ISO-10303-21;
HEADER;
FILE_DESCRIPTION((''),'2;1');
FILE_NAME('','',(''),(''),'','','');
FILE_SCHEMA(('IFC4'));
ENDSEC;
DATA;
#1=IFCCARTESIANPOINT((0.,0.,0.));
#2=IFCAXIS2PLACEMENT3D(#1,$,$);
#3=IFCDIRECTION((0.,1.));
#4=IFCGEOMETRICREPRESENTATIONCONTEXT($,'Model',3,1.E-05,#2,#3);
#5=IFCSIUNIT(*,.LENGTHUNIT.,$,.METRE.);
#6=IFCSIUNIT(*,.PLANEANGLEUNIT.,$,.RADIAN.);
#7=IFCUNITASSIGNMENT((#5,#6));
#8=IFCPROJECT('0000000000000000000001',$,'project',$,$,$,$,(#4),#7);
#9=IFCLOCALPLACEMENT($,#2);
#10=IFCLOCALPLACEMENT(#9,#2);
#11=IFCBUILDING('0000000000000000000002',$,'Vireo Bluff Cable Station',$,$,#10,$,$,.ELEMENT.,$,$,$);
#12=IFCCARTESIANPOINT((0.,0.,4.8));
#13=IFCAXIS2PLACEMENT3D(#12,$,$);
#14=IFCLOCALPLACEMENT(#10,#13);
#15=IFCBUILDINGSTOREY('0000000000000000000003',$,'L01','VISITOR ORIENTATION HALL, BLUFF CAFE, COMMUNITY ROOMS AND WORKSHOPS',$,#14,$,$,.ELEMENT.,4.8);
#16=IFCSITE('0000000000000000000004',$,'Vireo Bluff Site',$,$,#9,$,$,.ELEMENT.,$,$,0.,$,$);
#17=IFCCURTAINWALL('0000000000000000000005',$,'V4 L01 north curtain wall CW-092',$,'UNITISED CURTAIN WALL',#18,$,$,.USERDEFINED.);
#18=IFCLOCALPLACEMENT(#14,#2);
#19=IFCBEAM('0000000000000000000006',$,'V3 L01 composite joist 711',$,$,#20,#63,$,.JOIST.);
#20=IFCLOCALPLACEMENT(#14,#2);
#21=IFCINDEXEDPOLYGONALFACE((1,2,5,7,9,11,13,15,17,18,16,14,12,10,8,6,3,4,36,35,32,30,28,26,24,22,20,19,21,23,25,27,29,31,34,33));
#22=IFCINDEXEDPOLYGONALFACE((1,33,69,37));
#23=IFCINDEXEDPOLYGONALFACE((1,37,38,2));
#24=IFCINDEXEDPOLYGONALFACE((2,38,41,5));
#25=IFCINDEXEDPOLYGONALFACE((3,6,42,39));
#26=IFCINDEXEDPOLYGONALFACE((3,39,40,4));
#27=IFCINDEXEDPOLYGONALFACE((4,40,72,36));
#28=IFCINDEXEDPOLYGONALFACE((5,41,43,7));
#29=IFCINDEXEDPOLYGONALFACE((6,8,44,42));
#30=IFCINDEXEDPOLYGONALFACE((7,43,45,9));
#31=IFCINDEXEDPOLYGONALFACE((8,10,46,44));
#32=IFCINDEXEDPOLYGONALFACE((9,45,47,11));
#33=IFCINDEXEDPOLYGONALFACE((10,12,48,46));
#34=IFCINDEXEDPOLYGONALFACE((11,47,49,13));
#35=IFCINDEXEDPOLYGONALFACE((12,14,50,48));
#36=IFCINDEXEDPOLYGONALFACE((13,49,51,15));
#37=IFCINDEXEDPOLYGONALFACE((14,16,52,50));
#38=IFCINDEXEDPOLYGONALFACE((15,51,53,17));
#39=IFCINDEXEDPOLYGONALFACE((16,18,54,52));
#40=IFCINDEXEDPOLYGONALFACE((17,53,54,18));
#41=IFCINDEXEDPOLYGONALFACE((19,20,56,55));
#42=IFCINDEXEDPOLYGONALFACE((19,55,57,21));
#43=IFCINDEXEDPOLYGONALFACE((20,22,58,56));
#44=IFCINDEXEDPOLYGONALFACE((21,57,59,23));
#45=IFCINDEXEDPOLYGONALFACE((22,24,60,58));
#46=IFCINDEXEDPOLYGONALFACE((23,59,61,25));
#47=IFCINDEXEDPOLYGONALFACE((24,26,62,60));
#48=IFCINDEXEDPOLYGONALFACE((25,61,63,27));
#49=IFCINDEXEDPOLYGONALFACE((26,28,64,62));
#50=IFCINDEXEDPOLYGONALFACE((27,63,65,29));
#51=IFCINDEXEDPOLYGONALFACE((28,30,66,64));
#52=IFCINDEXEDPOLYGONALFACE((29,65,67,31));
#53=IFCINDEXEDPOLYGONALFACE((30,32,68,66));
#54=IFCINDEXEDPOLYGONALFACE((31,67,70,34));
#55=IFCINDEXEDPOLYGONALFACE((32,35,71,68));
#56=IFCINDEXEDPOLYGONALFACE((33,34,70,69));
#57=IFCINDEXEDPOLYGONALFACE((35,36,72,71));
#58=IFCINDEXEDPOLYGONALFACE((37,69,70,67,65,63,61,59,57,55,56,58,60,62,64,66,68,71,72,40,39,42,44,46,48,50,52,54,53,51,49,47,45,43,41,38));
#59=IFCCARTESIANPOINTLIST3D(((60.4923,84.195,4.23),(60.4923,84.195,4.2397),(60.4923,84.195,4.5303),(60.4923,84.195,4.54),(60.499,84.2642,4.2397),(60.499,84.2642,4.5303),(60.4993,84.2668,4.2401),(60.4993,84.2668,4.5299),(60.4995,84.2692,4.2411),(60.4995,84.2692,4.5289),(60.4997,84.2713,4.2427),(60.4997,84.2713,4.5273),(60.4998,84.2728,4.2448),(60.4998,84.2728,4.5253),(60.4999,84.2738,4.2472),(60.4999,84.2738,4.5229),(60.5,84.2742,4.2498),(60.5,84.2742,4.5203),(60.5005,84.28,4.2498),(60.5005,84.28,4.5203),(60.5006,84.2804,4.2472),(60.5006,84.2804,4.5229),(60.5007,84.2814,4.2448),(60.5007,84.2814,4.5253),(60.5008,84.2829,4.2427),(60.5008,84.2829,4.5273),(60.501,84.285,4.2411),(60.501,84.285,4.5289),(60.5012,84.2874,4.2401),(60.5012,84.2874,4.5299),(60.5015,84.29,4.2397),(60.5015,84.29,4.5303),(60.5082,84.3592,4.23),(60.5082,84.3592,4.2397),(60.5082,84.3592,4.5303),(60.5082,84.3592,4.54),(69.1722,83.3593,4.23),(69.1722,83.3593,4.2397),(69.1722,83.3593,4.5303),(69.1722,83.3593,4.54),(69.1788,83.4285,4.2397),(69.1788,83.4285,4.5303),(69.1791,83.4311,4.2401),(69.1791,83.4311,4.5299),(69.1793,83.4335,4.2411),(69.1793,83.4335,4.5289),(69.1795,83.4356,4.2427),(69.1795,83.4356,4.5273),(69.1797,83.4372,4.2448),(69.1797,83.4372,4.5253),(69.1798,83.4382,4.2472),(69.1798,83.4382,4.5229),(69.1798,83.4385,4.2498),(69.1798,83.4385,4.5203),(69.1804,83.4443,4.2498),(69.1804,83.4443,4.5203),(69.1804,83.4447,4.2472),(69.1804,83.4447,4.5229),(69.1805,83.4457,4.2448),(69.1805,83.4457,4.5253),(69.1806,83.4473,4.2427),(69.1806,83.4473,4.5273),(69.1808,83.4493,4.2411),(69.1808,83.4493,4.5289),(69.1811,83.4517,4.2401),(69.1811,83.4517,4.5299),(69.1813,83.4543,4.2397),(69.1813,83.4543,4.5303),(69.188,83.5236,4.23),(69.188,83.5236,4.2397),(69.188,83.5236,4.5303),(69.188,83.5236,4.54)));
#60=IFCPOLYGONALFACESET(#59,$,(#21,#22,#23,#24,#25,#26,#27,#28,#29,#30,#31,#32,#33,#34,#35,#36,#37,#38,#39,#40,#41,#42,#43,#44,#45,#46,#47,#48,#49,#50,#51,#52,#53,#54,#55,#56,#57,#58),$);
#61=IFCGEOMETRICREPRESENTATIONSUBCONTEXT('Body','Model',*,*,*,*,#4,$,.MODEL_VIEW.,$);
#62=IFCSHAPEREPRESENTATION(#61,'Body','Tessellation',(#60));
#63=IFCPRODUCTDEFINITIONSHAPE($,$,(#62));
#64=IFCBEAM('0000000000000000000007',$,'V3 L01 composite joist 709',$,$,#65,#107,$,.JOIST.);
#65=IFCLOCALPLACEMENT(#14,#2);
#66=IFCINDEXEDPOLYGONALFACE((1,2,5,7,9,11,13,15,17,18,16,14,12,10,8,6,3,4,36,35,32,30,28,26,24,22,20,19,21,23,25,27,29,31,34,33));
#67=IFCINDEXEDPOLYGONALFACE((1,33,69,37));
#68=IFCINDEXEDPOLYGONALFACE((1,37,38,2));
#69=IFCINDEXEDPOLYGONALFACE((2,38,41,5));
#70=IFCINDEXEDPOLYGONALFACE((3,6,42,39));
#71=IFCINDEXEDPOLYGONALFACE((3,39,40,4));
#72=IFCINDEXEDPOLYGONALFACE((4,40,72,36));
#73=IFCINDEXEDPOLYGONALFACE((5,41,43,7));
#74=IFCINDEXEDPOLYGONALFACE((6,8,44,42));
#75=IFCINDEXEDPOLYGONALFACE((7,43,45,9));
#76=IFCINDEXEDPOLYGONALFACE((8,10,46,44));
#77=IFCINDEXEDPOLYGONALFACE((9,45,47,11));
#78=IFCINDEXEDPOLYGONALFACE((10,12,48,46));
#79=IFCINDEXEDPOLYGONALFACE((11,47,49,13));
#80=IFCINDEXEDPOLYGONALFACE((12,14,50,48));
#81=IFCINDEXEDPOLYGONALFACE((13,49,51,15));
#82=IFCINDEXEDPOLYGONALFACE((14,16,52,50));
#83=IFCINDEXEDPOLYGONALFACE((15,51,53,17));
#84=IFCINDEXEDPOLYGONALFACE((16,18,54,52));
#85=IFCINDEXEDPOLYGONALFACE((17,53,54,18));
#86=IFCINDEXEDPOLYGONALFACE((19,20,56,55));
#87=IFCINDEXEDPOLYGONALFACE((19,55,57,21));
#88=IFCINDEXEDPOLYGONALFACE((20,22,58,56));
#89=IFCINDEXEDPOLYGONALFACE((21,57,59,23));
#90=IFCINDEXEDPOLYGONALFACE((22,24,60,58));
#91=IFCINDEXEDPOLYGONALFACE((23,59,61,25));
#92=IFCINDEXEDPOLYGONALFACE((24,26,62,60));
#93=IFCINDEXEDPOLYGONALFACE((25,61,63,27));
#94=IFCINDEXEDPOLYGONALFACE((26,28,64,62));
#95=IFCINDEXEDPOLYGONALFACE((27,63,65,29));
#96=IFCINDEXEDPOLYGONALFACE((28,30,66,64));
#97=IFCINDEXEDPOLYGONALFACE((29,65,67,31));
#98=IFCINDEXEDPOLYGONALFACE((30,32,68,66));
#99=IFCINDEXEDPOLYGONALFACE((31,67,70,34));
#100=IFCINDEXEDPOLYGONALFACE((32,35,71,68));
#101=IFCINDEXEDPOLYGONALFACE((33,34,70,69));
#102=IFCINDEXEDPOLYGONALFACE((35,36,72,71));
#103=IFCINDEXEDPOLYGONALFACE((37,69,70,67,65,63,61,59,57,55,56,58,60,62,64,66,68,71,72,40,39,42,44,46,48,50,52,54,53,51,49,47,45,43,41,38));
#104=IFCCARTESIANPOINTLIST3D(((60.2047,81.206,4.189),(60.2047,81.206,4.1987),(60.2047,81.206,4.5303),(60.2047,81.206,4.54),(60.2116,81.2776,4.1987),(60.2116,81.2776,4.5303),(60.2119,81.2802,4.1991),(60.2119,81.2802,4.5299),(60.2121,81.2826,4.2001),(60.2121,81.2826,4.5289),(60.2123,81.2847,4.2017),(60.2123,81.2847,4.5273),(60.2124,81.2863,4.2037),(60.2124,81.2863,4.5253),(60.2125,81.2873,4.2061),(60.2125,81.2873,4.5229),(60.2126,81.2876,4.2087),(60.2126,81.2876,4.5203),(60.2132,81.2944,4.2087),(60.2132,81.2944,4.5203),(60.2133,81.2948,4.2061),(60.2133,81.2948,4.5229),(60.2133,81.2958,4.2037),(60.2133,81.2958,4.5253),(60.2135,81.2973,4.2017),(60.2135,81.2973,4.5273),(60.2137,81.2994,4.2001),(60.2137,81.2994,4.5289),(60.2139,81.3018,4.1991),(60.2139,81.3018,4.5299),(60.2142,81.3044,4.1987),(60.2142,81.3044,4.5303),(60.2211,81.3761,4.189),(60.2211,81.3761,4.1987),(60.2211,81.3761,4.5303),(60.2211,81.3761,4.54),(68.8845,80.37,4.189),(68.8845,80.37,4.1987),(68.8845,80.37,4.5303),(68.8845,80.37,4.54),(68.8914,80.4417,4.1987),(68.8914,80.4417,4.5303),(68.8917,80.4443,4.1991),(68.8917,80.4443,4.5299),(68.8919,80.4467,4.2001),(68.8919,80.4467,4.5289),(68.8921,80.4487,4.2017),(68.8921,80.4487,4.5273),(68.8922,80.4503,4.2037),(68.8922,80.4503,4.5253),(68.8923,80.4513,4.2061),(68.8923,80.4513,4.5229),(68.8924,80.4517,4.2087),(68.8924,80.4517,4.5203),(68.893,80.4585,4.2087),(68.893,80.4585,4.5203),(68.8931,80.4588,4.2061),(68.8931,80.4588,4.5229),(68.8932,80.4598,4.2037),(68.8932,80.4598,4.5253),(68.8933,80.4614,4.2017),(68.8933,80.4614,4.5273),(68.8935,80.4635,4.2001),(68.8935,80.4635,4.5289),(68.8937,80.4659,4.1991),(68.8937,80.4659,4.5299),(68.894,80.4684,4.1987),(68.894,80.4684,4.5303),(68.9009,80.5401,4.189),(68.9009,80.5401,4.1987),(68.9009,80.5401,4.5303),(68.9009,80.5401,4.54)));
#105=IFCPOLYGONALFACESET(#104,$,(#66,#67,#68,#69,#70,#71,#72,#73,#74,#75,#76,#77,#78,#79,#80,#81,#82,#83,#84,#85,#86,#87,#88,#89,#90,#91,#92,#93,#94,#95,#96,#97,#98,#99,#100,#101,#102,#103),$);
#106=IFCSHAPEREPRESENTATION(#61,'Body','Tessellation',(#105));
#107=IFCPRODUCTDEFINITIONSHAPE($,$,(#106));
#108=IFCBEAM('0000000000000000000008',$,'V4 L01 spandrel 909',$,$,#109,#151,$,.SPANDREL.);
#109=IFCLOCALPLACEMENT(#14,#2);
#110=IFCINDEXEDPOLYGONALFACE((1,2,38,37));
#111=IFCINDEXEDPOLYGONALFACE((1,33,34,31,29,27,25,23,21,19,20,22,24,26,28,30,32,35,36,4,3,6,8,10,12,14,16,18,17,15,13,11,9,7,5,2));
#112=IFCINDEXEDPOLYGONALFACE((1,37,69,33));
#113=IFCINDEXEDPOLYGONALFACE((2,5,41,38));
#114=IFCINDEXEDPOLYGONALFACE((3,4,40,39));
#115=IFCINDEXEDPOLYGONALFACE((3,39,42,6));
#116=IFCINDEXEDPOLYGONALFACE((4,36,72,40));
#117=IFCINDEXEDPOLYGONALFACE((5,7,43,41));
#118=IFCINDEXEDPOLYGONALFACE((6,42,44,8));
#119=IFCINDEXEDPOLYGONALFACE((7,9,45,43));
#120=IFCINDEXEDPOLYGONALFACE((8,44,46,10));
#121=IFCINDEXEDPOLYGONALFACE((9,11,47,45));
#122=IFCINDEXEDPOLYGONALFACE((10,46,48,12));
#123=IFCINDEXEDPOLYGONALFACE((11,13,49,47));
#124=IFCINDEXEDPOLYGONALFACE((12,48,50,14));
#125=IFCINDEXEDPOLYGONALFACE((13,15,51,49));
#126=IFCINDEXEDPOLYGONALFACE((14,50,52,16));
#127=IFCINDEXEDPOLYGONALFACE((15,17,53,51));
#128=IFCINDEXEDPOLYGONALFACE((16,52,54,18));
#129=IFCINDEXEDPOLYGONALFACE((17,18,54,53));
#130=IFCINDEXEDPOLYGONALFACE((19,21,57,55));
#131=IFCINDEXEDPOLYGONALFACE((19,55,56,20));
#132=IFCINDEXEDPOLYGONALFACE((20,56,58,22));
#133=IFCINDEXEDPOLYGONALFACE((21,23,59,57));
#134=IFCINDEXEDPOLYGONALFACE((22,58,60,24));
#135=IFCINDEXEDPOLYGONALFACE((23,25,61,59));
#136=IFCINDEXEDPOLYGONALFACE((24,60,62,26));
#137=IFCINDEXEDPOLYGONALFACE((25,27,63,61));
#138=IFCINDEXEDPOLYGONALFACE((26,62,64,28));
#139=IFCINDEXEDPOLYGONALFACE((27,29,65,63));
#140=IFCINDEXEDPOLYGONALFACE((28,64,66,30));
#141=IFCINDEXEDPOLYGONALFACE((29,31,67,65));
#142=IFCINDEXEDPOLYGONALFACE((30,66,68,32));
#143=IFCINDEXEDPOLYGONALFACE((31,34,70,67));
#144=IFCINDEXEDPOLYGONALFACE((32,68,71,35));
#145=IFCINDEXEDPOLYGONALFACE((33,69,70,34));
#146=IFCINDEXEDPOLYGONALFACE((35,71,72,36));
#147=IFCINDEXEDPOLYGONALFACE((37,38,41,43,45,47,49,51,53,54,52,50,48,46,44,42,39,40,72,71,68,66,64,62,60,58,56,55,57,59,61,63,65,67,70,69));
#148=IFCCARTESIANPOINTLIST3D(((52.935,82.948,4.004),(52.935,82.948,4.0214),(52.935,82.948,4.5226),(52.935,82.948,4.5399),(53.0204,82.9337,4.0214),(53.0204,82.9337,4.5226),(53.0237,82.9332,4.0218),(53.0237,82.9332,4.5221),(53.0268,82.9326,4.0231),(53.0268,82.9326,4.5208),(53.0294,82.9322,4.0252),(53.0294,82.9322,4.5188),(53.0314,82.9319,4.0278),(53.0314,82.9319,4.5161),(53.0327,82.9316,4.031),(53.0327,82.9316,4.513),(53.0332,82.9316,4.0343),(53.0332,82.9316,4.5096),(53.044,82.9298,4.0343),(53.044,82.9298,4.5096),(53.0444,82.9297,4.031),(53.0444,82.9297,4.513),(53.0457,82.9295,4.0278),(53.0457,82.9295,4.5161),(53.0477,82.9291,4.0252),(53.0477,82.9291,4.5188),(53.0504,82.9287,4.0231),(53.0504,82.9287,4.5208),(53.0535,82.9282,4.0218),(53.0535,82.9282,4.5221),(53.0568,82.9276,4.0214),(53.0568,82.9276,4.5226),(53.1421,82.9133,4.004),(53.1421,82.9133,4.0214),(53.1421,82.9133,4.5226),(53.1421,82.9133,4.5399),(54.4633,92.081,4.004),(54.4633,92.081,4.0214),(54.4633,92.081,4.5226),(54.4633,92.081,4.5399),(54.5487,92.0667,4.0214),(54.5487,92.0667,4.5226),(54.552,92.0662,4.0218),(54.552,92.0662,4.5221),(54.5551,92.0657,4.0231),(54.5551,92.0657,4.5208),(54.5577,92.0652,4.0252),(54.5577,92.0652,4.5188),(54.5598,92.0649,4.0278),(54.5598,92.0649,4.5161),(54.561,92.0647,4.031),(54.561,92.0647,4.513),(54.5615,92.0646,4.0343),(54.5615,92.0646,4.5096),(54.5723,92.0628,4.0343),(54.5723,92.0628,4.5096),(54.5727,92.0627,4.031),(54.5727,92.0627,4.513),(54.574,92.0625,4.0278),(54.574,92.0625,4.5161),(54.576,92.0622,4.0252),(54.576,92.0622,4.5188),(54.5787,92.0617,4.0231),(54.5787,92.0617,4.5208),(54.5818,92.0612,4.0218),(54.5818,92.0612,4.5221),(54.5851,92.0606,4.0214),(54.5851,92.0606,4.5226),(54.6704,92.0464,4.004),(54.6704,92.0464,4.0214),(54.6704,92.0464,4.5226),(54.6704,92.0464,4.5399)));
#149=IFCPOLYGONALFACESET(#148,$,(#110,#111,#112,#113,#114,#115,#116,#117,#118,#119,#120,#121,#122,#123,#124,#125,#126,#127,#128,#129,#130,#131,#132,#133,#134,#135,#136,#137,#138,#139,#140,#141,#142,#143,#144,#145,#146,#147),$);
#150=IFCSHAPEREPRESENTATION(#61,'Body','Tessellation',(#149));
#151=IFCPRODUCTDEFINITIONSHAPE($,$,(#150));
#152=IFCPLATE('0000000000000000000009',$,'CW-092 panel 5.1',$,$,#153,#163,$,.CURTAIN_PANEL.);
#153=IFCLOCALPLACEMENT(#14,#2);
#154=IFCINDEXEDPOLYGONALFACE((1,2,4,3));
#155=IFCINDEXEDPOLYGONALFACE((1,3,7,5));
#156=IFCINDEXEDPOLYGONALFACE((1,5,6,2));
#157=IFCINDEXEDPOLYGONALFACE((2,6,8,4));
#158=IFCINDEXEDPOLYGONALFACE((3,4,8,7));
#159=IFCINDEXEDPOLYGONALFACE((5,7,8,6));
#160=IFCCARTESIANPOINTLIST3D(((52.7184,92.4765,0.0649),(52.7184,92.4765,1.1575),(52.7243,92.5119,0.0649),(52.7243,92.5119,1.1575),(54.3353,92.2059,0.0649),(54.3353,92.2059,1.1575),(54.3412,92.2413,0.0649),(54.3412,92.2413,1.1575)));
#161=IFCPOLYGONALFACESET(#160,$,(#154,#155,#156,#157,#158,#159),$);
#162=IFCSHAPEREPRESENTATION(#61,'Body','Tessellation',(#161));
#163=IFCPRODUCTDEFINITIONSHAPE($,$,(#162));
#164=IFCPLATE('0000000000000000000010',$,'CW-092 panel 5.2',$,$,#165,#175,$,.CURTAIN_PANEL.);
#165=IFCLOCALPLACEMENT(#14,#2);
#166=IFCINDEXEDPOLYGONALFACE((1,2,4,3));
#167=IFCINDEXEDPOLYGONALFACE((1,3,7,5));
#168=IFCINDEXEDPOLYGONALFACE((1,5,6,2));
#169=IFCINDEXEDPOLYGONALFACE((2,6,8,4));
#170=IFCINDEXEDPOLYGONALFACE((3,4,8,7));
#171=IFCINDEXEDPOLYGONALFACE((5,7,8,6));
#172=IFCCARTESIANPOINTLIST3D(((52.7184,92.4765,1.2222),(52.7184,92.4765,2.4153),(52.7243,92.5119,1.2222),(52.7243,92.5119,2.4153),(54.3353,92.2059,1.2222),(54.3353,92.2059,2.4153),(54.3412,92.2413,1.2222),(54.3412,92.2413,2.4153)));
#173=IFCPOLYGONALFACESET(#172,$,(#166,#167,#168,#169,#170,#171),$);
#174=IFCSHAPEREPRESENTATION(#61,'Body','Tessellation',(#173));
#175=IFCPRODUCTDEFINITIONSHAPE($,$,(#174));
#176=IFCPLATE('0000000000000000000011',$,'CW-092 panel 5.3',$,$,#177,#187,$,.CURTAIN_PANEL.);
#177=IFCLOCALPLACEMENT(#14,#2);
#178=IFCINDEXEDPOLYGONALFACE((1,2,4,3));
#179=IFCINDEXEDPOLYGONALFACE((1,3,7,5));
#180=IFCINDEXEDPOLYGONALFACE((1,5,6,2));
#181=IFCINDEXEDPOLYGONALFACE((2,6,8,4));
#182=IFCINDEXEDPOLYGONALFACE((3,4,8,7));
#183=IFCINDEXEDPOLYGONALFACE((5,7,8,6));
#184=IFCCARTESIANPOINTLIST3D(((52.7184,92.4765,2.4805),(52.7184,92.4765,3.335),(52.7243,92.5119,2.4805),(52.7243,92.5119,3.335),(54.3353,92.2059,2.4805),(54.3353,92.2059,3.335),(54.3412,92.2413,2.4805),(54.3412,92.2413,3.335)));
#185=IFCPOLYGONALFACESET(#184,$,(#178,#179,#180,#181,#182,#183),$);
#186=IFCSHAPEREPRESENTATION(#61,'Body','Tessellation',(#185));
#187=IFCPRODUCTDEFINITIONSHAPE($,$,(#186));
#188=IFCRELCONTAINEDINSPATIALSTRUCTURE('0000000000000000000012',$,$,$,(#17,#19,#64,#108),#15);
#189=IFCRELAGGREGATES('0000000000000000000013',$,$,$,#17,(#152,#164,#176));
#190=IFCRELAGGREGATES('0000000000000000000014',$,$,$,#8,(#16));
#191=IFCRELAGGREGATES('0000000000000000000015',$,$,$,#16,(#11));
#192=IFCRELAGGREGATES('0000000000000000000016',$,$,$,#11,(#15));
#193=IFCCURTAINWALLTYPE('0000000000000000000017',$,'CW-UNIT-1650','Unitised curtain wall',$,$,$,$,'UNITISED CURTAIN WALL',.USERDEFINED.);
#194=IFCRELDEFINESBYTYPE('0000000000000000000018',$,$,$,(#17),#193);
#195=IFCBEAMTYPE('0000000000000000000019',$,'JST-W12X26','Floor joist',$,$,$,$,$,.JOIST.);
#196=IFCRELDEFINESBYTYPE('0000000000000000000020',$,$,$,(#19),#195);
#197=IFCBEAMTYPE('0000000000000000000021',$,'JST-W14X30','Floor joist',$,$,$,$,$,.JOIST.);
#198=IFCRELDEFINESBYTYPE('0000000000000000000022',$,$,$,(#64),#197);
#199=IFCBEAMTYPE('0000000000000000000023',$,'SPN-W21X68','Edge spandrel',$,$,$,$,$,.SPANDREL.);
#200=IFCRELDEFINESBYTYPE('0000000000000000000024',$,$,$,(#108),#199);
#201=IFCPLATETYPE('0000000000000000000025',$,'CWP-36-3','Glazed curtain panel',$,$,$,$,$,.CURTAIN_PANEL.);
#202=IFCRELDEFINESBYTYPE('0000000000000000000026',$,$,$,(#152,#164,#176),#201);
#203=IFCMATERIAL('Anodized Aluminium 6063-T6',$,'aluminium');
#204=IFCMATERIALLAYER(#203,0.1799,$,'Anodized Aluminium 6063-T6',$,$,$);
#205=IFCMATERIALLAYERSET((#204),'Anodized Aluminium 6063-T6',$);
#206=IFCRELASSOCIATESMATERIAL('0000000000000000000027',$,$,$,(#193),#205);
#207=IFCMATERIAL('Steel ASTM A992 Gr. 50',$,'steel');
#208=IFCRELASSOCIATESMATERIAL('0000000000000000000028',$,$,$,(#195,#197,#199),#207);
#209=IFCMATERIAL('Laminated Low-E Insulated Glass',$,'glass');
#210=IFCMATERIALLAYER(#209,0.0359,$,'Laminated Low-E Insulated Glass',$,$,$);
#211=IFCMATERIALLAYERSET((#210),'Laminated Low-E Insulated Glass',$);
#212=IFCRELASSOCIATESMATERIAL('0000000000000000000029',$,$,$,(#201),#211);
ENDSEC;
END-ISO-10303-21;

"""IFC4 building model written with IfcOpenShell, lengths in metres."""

from ifc_helpers import new_model, si_unit, direction, frame, origin, origin_2d, place, context, subcontext, project, spatial, rectangle, i_section, extrude, material, layer, layer_set, material_profile, profile_set, type_object, element, aggregate, save


model = new_model("IFC4")

# Units and contexts
model_context = context("Model", 3, precision=1e-05, world=origin(), true_north=direction((0.0, 1.0)))
body_context = subcontext(model_context, "Body", "Model", "MODEL_VIEW")
ifc_project = project(units=[si_unit("LENGTHUNIT", "METRE"), si_unit("PLANEANGLEUNIT", "RADIAN")], contexts=[model_context])

# Site, building, storey
site_placement = place(None, origin())
site = spatial("IfcSite", under=ifc_project, at=site_placement, Name="Vireo Bluff Site", CompositionType="ELEMENT", RefElevation=0.0)
building_placement = place(site_placement, origin())
building = spatial("IfcBuilding", under=site, at=building_placement, Name="Vireo Bluff Cable Station", CompositionType="ELEMENT")
storey_placement = place(building_placement, frame((0.0, 0.0, 4.8)))
storey = spatial("IfcBuildingStorey", under=building, at=storey_placement, Name="L01", Description="VISITOR ORIENTATION HALL, BLUFF CAFE, COMMUNITY ROOMS AND WORKSHOPS", CompositionType="ELEMENT", Elevation=4.8)

# Shared definitions
ifc_material_1 = material(Name="Steel ASTM A992 Gr. 50", Category="steel")

# Curtain wall
ifc_material_2 = material(Name="Anodized Aluminium 6063-T6", Category="aluminium")
ifc_layer_1 = layer(ifc_material_2, 0.1799, Name="Anodized Aluminium 6063-T6")
ifc_layer_set_1 = layer_set([ifc_layer_1], Name="Anodized Aluminium 6063-T6")
curtain_wall_type_1 = type_object("IfcCurtainWallType", Name="CW-UNIT-1650", Description="Unitised curtain wall", ElementType="UNITISED CURTAIN WALL", PredefinedType="USERDEFINED", material=ifc_layer_set_1)
curtain_wall_1_placement = place(storey_placement, origin())
curtain_wall_1 = element("IfcCurtainWall", 1, at=curtain_wall_1_placement, inside=storey, type_object=curtain_wall_type_1, Name="V4 L01 north curtain wall CW-092", ObjectType="UNITISED CURTAIN WALL", PredefinedType="USERDEFINED")

# Beams
ifc_material_profile_1 = material_profile(ifc_material_1, i_section(OverallWidth=0.165, OverallDepth=0.3101, WebThickness=0.0059, FlangeThickness=0.0098, FilletRadius=0.01, at=origin_2d()), Name="W12X26")
ifc_profile_set_1 = profile_set([ifc_material_profile_1], Name="Steel ASTM A992 Gr. 50")
beam_type_1 = type_object("IfcBeamType", Name="JST-W12X26", Description="Floor joist", PredefinedType="JOIST", material=ifc_profile_set_1)
beam_1_placement = place(storey_placement, frame((60.5002, 84.2771, 4.385), z_axis=(0.995397, -0.095836, 0.0), x_axis=(0.095836, 0.995397, 0.0)))
element("IfcBeam", 2, at=beam_1_placement, inside=storey, type_object=beam_type_1, Name="V3 L01 composite joist 711", PredefinedType="JOIST", context=body_context, shape_type="SweptSolid", body=[
    extrude(i_section(OverallWidth=0.165, OverallDepth=0.3101, WebThickness=0.0059, FlangeThickness=0.0098, FilletRadius=0.01, at=origin_2d()), origin(), (0.0, 0.0, 1.0), 8.72),
])
ifc_material_profile_2 = material_profile(ifc_material_1, i_section(OverallWidth=0.1709, OverallDepth=0.3511, WebThickness=0.0068, FlangeThickness=0.0098, FilletRadius=0.01, at=origin_2d()), Name="W14X30")
ifc_profile_set_2 = profile_set([ifc_material_profile_2], Name="Steel ASTM A992 Gr. 50")
beam_type_2 = type_object("IfcBeamType", Name="JST-W14X30", Description="Floor joist", PredefinedType="JOIST", material=ifc_profile_set_2)
beam_2_placement = place(storey_placement, frame((60.2129, 81.291, 4.3645), z_axis=(0.995394, -0.095866, 0.0), x_axis=(0.095866, 0.995394, 0.0)))
element("IfcBeam", 3, at=beam_2_placement, inside=storey, type_object=beam_type_2, Name="V3 L01 composite joist 709", PredefinedType="JOIST", context=body_context, shape_type="SweptSolid", body=[
    extrude(i_section(OverallWidth=0.1709, OverallDepth=0.3511, WebThickness=0.0068, FlangeThickness=0.0098, FilletRadius=0.01, at=origin_2d()), origin(), (0.0, 0.0, 1.0), 8.72),
])
ifc_material_profile_3 = material_profile(ifc_material_1, i_section(OverallWidth=0.21, OverallDepth=0.5359, WebThickness=0.011, FlangeThickness=0.0173, FilletRadius=0.0129, at=origin_2d()), Name="W21X68")
ifc_profile_set_3 = profile_set([ifc_material_profile_3], Name="Steel ASTM A992 Gr. 50")
beam_type_3 = type_object("IfcBeamType", Name="SPN-W21X68", Description="Edge spandrel", PredefinedType="SPANDREL", material=ifc_profile_set_3)
beam_3_placement = place(storey_placement, frame((53.0386, 82.9307, 4.272), z_axis=(0.165045, 0.986286, 0.0), x_axis=(-0.986286, 0.165045, 0.0)))
element("IfcBeam", 4, at=beam_3_placement, inside=storey, type_object=beam_type_3, Name="V4 L01 spandrel 909", PredefinedType="SPANDREL", context=body_context, shape_type="SweptSolid", body=[
    extrude(i_section(OverallWidth=0.21, OverallDepth=0.5359, WebThickness=0.011, FlangeThickness=0.0173, FilletRadius=0.0129, at=origin_2d()), origin(), (0.0, 0.0, 1.0), 9.26),
])

# Plates
ifc_material_3 = material(Name="Laminated Low-E Insulated Glass", Category="glass")
ifc_layer_2 = layer(ifc_material_3, 0.0359, Name="Laminated Low-E Insulated Glass")
ifc_layer_set_2 = layer_set([ifc_layer_2], Name="Laminated Low-E Insulated Glass")
plate_type_1 = type_object("IfcPlateType", Name="CWP-36-3", Description="Glazed curtain panel", PredefinedType="CURTAIN_PANEL", material=ifc_layer_set_2)
plate_1_placement = place(storey_placement, frame((53.5298, 92.3589, 0.0649), z_axis=(0.0, 0.0, 1.0), x_axis=(0.986286, -0.165048, 0.0)))
plate_1 = element("IfcPlate", 5, at=plate_1_placement, type_object=plate_type_1, Name="CW-092 panel 5.1", PredefinedType="CURTAIN_PANEL", context=body_context, shape_type="SweptSolid", body=[
    extrude(rectangle(XDim=1.6394, YDim=0.0359, at=origin_2d()), origin(), (0.0, 0.0, 1.0), 1.0925),
])
plate_2_placement = place(storey_placement, frame((53.5298, 92.3589, 1.2222), z_axis=(0.0, 0.0, 1.0), x_axis=(0.986286, -0.165048, 0.0)))
plate_2 = element("IfcPlate", 6, at=plate_2_placement, type_object=plate_type_1, Name="CW-092 panel 5.2", PredefinedType="CURTAIN_PANEL", context=body_context, shape_type="SweptSolid", body=[
    extrude(rectangle(XDim=1.6394, YDim=0.0359, at=origin_2d()), origin(), (0.0, 0.0, 1.0), 1.1931),
])
plate_3_placement = place(storey_placement, frame((53.5298, 92.3589, 2.4805), z_axis=(0.0, 0.0, 1.0), x_axis=(0.986286, -0.165048, 0.0)))
plate_3 = element("IfcPlate", 7, at=plate_3_placement, type_object=plate_type_1, Name="CW-092 panel 5.3", PredefinedType="CURTAIN_PANEL", context=body_context, shape_type="SweptSolid", body=[
    extrude(rectangle(XDim=1.6394, YDim=0.0359, at=origin_2d()), origin(), (0.0, 0.0, 1.0), 0.8545),
])
aggregate(curtain_wall_1, [plate_1, plate_2, plate_3])

save(model, "model.ifc")
